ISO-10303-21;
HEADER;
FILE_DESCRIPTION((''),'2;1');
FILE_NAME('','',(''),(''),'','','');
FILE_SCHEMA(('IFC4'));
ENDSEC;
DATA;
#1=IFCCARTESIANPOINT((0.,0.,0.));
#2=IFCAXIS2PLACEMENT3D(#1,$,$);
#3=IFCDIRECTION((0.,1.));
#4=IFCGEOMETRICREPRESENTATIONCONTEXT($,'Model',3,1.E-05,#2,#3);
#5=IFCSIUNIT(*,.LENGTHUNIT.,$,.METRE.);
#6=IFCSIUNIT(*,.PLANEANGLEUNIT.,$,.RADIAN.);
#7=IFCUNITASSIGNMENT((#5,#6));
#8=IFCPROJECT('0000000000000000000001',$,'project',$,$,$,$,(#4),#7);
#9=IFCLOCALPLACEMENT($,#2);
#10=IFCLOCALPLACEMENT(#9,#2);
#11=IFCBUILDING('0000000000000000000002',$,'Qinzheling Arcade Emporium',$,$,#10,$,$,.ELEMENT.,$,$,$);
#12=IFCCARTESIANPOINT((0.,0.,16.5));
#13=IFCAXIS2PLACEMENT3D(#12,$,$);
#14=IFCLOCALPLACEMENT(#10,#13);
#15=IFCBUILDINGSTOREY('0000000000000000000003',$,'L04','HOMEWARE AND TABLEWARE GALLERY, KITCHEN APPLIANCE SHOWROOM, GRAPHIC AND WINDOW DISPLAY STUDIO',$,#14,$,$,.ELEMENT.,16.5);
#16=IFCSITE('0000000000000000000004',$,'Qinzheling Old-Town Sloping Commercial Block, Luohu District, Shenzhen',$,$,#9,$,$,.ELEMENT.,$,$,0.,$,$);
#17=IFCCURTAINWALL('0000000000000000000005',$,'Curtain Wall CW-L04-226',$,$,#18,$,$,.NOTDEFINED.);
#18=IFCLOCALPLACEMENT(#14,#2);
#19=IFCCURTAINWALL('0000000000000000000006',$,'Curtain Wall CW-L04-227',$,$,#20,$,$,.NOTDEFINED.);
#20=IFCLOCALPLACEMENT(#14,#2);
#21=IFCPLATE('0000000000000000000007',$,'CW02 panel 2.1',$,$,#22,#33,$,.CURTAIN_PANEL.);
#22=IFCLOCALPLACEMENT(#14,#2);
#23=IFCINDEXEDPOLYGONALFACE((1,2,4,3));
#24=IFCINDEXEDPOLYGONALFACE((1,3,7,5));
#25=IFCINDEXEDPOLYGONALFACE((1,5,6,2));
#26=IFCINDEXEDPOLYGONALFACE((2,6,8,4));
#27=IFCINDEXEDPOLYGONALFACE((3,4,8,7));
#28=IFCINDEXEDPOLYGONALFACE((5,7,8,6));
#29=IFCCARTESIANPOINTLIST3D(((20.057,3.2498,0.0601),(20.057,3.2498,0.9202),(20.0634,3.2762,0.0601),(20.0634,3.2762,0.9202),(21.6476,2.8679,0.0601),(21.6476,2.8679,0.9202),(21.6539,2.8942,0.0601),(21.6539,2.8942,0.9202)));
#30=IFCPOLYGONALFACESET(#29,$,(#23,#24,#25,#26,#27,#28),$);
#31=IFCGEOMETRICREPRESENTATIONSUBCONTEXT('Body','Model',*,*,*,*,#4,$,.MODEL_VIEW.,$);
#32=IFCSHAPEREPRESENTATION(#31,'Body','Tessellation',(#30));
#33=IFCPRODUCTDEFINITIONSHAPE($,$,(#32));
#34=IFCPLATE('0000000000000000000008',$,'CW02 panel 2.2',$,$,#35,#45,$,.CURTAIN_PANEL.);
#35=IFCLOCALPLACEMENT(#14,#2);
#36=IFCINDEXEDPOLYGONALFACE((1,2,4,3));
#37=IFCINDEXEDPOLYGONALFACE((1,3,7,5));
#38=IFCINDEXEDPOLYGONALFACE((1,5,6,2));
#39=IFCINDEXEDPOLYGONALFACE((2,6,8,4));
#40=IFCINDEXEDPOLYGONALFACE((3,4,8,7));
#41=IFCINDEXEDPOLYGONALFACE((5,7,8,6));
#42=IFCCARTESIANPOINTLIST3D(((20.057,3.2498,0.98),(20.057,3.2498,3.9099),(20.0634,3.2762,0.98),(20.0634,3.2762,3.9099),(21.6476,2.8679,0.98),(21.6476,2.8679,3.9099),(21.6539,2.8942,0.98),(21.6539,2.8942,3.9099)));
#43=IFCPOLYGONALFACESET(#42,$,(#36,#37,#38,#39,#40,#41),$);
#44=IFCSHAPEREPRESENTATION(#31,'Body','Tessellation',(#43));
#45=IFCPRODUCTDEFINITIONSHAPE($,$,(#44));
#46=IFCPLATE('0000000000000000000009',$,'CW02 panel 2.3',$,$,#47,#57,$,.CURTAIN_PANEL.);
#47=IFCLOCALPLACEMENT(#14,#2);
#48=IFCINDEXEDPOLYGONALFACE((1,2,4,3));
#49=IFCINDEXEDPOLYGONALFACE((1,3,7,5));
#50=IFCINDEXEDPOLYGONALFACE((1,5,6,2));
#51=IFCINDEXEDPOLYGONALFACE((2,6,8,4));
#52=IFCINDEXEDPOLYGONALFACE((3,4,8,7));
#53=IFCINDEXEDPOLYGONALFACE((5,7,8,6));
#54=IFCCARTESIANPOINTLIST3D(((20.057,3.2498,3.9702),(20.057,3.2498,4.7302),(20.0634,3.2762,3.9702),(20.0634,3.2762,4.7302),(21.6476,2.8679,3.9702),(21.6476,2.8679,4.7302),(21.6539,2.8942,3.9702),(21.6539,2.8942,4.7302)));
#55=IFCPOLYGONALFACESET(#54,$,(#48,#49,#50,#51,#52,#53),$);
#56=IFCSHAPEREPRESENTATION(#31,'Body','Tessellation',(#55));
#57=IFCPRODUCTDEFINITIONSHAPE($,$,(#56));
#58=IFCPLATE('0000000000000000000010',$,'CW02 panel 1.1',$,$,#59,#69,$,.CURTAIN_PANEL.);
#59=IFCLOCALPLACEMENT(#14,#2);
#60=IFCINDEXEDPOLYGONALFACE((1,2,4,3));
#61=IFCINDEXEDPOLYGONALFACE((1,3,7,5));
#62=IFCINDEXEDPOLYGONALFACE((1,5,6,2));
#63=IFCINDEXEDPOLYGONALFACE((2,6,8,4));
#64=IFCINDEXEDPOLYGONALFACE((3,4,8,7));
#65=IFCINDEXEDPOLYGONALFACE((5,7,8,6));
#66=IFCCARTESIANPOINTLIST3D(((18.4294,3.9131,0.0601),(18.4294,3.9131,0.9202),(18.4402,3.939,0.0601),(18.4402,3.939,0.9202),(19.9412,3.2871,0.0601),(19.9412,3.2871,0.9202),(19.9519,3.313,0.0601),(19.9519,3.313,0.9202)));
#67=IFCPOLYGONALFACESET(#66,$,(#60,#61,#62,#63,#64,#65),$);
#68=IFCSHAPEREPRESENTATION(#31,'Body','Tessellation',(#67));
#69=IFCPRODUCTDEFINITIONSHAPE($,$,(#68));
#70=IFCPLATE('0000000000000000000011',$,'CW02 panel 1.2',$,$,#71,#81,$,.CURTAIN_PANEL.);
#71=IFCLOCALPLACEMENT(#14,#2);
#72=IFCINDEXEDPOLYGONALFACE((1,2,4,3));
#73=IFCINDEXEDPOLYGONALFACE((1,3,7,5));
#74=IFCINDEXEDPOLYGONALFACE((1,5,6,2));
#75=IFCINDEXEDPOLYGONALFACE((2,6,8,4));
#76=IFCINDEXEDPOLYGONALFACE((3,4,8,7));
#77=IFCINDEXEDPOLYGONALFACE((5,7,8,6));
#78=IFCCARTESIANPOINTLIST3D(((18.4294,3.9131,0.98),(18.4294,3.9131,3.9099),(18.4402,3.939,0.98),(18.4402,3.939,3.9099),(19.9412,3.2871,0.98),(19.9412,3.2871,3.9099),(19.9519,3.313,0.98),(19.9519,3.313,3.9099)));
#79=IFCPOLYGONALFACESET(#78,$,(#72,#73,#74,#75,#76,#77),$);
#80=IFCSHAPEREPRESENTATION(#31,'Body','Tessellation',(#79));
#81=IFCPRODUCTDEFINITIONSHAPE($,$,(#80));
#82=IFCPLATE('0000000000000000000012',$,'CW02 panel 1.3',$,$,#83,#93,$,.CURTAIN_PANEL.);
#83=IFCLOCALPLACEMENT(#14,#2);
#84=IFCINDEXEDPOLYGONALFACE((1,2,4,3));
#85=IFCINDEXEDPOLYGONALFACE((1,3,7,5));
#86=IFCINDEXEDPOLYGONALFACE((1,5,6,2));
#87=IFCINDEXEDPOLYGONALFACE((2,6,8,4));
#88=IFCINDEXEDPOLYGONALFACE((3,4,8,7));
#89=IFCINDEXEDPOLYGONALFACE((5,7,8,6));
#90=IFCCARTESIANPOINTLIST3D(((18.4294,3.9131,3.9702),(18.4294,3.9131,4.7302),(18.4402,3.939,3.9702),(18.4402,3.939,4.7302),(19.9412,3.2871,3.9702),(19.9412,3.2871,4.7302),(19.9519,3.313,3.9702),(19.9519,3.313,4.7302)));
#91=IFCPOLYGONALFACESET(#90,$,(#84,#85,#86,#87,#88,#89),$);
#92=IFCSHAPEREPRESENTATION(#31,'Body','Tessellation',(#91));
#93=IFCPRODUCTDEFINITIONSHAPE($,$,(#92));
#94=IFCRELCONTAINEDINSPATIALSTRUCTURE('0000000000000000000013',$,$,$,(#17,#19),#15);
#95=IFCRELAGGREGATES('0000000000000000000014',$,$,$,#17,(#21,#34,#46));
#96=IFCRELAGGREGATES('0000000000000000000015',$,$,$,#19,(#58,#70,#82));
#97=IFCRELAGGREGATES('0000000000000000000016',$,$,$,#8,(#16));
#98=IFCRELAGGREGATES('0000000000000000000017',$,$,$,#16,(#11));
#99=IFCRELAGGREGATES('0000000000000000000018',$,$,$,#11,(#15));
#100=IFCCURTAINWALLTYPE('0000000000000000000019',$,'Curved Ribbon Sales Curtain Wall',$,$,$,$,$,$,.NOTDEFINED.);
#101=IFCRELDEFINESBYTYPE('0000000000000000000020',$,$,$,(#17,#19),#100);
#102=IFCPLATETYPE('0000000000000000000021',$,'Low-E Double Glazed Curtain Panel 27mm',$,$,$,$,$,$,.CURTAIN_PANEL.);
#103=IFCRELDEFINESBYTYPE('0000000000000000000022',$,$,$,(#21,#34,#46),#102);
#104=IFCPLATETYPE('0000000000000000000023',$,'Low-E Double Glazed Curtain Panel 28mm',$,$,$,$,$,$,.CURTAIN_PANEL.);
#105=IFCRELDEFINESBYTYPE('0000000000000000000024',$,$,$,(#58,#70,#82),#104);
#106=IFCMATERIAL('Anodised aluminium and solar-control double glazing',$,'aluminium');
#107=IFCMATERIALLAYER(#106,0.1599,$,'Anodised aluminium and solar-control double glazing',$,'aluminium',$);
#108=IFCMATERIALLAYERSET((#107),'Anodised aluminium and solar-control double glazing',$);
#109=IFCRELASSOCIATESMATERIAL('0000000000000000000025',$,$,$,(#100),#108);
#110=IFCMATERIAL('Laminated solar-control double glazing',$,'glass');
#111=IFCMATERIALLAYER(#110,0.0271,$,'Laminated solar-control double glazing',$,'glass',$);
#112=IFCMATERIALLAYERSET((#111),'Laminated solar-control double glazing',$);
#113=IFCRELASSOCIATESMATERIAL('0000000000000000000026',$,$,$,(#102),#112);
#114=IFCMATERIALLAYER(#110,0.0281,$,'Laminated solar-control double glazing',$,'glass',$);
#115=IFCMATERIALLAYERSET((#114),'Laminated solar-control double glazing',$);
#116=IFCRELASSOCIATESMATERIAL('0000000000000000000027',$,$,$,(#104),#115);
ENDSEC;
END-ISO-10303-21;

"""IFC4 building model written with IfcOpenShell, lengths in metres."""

from ifc_helpers import new_model, si_unit, direction, frame, origin, origin_2d, place, context, subcontext, project, spatial, rectangle, extrude, material, layer, layer_set, type_object, element, aggregate, save


model = new_model("IFC4")

# Units and contexts
model_context = context("Model", 3, precision=1e-05, world=origin(), true_north=direction((0.0, 1.0)))
body_context = subcontext(model_context, "Body", "Model", "MODEL_VIEW")
ifc_project = project(units=[si_unit("LENGTHUNIT", "METRE"), si_unit("PLANEANGLEUNIT", "RADIAN")], contexts=[model_context])

# Site, building, storey
site_placement = place(None, origin())
site = spatial("IfcSite", under=ifc_project, at=site_placement, Name="Qinzheling Old-Town Sloping Commercial Block, Luohu District, Shenzhen", CompositionType="ELEMENT", RefElevation=0.0)
building_placement = place(site_placement, origin())
building = spatial("IfcBuilding", under=site, at=building_placement, Name="Qinzheling Arcade Emporium", CompositionType="ELEMENT")
storey_placement = place(building_placement, frame((0.0, 0.0, 16.5)))
storey = spatial("IfcBuildingStorey", under=building, at=storey_placement, Name="L04", Description="HOMEWARE AND TABLEWARE GALLERY, KITCHEN APPLIANCE SHOWROOM, GRAPHIC AND WINDOW DISPLAY STUDIO", CompositionType="ELEMENT", Elevation=16.5)

# Curtain walls
ifc_material_1 = material(Name="Anodised aluminium and solar-control double glazing", Category="aluminium")
ifc_layer_1 = layer(ifc_material_1, 0.1599, Name="Anodised aluminium and solar-control double glazing", Category="aluminium")
ifc_layer_set_1 = layer_set([ifc_layer_1], Name="Anodised aluminium and solar-control double glazing")
curtain_wall_type = type_object("IfcCurtainWallType", Name="Curved Ribbon Sales Curtain Wall", PredefinedType="NOTDEFINED", material=ifc_layer_set_1)
curtain_wall_1_placement = place(storey_placement, origin())
curtain_wall_1 = element("IfcCurtainWall", 1, at=curtain_wall_1_placement, inside=storey, type_object=curtain_wall_type, Name="Curtain Wall CW-L04-226", PredefinedType="NOTDEFINED")
curtain_wall_2_placement = place(storey_placement, origin())
curtain_wall_2 = element("IfcCurtainWall", 2, at=curtain_wall_2_placement, inside=storey, type_object=curtain_wall_type, Name="Curtain Wall CW-L04-227", PredefinedType="NOTDEFINED")

# Plates
ifc_material_2 = material(Name="Laminated solar-control double glazing", Category="glass")
ifc_layer_2 = layer(ifc_material_2, 0.0271, Name="Laminated solar-control double glazing", Category="glass")
ifc_layer_set_2 = layer_set([ifc_layer_2], Name="Laminated solar-control double glazing")
plate_type_1 = type_object("IfcPlateType", Name="Low-E Double Glazed Curtain Panel 27mm", PredefinedType="CURTAIN_PANEL", material=ifc_layer_set_2)
plate_1_placement = place(storey_placement, frame((20.8555, 3.072, 0.0601), z_axis=(0.0, 0.0, 1.0), x_axis=(-0.97235, 0.233526, 0.0)))
plate_1 = element("IfcPlate", 3, at=plate_1_placement, type_object=plate_type_1, Name="CW02 panel 2.1", PredefinedType="CURTAIN_PANEL", context=body_context, shape_type="SweptSolid", body=[
    extrude(rectangle(XDim=1.6357, YDim=0.0271, at=origin_2d()), origin(), (0.0, 0.0, 1.0), 0.8601),
])
plate_2_placement = place(storey_placement, frame((20.8555, 3.072, 0.98), z_axis=(0.0, 0.0, 1.0), x_axis=(-0.97235, 0.233526, 0.0)))
plate_2 = element("IfcPlate", 4, at=plate_2_placement, type_object=plate_type_1, Name="CW02 panel 2.2", PredefinedType="CURTAIN_PANEL", context=body_context, shape_type="SweptSolid", body=[
    extrude(rectangle(XDim=1.6357, YDim=0.0271, at=origin_2d()), origin(), (0.0, 0.0, 1.0), 2.9299),
])
plate_3_placement = place(storey_placement, frame((20.8555, 3.072, 3.9702), z_axis=(0.0, 0.0, 1.0), x_axis=(-0.97235, 0.233526, 0.0)))
plate_3 = element("IfcPlate", 5, at=plate_3_placement, type_object=plate_type_1, Name="CW02 panel 2.3", PredefinedType="CURTAIN_PANEL", context=body_context, shape_type="SweptSolid", body=[
    extrude(rectangle(XDim=1.6357, YDim=0.0271, at=origin_2d()), origin(), (0.0, 0.0, 1.0), 0.76),
])
aggregate(curtain_wall_1, [plate_1, plate_2, plate_3])
ifc_layer_3 = layer(ifc_material_2, 0.0281, Name="Laminated solar-control double glazing", Category="glass")
ifc_layer_set_3 = layer_set([ifc_layer_3], Name="Laminated solar-control double glazing")
plate_type_2 = type_object("IfcPlateType", Name="Low-E Double Glazed Curtain Panel 28mm", PredefinedType="CURTAIN_PANEL", material=ifc_layer_set_3)
plate_4_placement = place(storey_placement, frame((19.1907, 3.613, 0.0601), z_axis=(0.0, 0.0, 1.0), x_axis=(-0.923914, 0.382599, 0.0)))
plate_4 = element("IfcPlate", 6, at=plate_4_placement, type_object=plate_type_2, Name="CW02 panel 1.1", PredefinedType="CURTAIN_PANEL", context=body_context, shape_type="SweptSolid", body=[
    extrude(rectangle(XDim=1.6362, YDim=0.0281, at=origin_2d()), origin(), (0.0, 0.0, 1.0), 0.8601),
])
plate_5_placement = place(storey_placement, frame((19.1907, 3.613, 0.98), z_axis=(0.0, 0.0, 1.0), x_axis=(-0.923914, 0.382599, 0.0)))
plate_5 = element("IfcPlate", 7, at=plate_5_placement, type_object=plate_type_2, Name="CW02 panel 1.2", PredefinedType="CURTAIN_PANEL", context=body_context, shape_type="SweptSolid", body=[
    extrude(rectangle(XDim=1.6362, YDim=0.0281, at=origin_2d()), origin(), (0.0, 0.0, 1.0), 2.9299),
])
plate_6_placement = place(storey_placement, frame((19.1907, 3.613, 3.9702), z_axis=(0.0, 0.0, 1.0), x_axis=(-0.923914, 0.382599, 0.0)))
plate_6 = element("IfcPlate", 8, at=plate_6_placement, type_object=plate_type_2, Name="CW02 panel 1.3", PredefinedType="CURTAIN_PANEL", context=body_context, shape_type="SweptSolid", body=[
    extrude(rectangle(XDim=1.6362, YDim=0.0281, at=origin_2d()), origin(), (0.0, 0.0, 1.0), 0.76),
])
aggregate(curtain_wall_2, [plate_4, plate_5, plate_6])

save(model, "model.ifc")
